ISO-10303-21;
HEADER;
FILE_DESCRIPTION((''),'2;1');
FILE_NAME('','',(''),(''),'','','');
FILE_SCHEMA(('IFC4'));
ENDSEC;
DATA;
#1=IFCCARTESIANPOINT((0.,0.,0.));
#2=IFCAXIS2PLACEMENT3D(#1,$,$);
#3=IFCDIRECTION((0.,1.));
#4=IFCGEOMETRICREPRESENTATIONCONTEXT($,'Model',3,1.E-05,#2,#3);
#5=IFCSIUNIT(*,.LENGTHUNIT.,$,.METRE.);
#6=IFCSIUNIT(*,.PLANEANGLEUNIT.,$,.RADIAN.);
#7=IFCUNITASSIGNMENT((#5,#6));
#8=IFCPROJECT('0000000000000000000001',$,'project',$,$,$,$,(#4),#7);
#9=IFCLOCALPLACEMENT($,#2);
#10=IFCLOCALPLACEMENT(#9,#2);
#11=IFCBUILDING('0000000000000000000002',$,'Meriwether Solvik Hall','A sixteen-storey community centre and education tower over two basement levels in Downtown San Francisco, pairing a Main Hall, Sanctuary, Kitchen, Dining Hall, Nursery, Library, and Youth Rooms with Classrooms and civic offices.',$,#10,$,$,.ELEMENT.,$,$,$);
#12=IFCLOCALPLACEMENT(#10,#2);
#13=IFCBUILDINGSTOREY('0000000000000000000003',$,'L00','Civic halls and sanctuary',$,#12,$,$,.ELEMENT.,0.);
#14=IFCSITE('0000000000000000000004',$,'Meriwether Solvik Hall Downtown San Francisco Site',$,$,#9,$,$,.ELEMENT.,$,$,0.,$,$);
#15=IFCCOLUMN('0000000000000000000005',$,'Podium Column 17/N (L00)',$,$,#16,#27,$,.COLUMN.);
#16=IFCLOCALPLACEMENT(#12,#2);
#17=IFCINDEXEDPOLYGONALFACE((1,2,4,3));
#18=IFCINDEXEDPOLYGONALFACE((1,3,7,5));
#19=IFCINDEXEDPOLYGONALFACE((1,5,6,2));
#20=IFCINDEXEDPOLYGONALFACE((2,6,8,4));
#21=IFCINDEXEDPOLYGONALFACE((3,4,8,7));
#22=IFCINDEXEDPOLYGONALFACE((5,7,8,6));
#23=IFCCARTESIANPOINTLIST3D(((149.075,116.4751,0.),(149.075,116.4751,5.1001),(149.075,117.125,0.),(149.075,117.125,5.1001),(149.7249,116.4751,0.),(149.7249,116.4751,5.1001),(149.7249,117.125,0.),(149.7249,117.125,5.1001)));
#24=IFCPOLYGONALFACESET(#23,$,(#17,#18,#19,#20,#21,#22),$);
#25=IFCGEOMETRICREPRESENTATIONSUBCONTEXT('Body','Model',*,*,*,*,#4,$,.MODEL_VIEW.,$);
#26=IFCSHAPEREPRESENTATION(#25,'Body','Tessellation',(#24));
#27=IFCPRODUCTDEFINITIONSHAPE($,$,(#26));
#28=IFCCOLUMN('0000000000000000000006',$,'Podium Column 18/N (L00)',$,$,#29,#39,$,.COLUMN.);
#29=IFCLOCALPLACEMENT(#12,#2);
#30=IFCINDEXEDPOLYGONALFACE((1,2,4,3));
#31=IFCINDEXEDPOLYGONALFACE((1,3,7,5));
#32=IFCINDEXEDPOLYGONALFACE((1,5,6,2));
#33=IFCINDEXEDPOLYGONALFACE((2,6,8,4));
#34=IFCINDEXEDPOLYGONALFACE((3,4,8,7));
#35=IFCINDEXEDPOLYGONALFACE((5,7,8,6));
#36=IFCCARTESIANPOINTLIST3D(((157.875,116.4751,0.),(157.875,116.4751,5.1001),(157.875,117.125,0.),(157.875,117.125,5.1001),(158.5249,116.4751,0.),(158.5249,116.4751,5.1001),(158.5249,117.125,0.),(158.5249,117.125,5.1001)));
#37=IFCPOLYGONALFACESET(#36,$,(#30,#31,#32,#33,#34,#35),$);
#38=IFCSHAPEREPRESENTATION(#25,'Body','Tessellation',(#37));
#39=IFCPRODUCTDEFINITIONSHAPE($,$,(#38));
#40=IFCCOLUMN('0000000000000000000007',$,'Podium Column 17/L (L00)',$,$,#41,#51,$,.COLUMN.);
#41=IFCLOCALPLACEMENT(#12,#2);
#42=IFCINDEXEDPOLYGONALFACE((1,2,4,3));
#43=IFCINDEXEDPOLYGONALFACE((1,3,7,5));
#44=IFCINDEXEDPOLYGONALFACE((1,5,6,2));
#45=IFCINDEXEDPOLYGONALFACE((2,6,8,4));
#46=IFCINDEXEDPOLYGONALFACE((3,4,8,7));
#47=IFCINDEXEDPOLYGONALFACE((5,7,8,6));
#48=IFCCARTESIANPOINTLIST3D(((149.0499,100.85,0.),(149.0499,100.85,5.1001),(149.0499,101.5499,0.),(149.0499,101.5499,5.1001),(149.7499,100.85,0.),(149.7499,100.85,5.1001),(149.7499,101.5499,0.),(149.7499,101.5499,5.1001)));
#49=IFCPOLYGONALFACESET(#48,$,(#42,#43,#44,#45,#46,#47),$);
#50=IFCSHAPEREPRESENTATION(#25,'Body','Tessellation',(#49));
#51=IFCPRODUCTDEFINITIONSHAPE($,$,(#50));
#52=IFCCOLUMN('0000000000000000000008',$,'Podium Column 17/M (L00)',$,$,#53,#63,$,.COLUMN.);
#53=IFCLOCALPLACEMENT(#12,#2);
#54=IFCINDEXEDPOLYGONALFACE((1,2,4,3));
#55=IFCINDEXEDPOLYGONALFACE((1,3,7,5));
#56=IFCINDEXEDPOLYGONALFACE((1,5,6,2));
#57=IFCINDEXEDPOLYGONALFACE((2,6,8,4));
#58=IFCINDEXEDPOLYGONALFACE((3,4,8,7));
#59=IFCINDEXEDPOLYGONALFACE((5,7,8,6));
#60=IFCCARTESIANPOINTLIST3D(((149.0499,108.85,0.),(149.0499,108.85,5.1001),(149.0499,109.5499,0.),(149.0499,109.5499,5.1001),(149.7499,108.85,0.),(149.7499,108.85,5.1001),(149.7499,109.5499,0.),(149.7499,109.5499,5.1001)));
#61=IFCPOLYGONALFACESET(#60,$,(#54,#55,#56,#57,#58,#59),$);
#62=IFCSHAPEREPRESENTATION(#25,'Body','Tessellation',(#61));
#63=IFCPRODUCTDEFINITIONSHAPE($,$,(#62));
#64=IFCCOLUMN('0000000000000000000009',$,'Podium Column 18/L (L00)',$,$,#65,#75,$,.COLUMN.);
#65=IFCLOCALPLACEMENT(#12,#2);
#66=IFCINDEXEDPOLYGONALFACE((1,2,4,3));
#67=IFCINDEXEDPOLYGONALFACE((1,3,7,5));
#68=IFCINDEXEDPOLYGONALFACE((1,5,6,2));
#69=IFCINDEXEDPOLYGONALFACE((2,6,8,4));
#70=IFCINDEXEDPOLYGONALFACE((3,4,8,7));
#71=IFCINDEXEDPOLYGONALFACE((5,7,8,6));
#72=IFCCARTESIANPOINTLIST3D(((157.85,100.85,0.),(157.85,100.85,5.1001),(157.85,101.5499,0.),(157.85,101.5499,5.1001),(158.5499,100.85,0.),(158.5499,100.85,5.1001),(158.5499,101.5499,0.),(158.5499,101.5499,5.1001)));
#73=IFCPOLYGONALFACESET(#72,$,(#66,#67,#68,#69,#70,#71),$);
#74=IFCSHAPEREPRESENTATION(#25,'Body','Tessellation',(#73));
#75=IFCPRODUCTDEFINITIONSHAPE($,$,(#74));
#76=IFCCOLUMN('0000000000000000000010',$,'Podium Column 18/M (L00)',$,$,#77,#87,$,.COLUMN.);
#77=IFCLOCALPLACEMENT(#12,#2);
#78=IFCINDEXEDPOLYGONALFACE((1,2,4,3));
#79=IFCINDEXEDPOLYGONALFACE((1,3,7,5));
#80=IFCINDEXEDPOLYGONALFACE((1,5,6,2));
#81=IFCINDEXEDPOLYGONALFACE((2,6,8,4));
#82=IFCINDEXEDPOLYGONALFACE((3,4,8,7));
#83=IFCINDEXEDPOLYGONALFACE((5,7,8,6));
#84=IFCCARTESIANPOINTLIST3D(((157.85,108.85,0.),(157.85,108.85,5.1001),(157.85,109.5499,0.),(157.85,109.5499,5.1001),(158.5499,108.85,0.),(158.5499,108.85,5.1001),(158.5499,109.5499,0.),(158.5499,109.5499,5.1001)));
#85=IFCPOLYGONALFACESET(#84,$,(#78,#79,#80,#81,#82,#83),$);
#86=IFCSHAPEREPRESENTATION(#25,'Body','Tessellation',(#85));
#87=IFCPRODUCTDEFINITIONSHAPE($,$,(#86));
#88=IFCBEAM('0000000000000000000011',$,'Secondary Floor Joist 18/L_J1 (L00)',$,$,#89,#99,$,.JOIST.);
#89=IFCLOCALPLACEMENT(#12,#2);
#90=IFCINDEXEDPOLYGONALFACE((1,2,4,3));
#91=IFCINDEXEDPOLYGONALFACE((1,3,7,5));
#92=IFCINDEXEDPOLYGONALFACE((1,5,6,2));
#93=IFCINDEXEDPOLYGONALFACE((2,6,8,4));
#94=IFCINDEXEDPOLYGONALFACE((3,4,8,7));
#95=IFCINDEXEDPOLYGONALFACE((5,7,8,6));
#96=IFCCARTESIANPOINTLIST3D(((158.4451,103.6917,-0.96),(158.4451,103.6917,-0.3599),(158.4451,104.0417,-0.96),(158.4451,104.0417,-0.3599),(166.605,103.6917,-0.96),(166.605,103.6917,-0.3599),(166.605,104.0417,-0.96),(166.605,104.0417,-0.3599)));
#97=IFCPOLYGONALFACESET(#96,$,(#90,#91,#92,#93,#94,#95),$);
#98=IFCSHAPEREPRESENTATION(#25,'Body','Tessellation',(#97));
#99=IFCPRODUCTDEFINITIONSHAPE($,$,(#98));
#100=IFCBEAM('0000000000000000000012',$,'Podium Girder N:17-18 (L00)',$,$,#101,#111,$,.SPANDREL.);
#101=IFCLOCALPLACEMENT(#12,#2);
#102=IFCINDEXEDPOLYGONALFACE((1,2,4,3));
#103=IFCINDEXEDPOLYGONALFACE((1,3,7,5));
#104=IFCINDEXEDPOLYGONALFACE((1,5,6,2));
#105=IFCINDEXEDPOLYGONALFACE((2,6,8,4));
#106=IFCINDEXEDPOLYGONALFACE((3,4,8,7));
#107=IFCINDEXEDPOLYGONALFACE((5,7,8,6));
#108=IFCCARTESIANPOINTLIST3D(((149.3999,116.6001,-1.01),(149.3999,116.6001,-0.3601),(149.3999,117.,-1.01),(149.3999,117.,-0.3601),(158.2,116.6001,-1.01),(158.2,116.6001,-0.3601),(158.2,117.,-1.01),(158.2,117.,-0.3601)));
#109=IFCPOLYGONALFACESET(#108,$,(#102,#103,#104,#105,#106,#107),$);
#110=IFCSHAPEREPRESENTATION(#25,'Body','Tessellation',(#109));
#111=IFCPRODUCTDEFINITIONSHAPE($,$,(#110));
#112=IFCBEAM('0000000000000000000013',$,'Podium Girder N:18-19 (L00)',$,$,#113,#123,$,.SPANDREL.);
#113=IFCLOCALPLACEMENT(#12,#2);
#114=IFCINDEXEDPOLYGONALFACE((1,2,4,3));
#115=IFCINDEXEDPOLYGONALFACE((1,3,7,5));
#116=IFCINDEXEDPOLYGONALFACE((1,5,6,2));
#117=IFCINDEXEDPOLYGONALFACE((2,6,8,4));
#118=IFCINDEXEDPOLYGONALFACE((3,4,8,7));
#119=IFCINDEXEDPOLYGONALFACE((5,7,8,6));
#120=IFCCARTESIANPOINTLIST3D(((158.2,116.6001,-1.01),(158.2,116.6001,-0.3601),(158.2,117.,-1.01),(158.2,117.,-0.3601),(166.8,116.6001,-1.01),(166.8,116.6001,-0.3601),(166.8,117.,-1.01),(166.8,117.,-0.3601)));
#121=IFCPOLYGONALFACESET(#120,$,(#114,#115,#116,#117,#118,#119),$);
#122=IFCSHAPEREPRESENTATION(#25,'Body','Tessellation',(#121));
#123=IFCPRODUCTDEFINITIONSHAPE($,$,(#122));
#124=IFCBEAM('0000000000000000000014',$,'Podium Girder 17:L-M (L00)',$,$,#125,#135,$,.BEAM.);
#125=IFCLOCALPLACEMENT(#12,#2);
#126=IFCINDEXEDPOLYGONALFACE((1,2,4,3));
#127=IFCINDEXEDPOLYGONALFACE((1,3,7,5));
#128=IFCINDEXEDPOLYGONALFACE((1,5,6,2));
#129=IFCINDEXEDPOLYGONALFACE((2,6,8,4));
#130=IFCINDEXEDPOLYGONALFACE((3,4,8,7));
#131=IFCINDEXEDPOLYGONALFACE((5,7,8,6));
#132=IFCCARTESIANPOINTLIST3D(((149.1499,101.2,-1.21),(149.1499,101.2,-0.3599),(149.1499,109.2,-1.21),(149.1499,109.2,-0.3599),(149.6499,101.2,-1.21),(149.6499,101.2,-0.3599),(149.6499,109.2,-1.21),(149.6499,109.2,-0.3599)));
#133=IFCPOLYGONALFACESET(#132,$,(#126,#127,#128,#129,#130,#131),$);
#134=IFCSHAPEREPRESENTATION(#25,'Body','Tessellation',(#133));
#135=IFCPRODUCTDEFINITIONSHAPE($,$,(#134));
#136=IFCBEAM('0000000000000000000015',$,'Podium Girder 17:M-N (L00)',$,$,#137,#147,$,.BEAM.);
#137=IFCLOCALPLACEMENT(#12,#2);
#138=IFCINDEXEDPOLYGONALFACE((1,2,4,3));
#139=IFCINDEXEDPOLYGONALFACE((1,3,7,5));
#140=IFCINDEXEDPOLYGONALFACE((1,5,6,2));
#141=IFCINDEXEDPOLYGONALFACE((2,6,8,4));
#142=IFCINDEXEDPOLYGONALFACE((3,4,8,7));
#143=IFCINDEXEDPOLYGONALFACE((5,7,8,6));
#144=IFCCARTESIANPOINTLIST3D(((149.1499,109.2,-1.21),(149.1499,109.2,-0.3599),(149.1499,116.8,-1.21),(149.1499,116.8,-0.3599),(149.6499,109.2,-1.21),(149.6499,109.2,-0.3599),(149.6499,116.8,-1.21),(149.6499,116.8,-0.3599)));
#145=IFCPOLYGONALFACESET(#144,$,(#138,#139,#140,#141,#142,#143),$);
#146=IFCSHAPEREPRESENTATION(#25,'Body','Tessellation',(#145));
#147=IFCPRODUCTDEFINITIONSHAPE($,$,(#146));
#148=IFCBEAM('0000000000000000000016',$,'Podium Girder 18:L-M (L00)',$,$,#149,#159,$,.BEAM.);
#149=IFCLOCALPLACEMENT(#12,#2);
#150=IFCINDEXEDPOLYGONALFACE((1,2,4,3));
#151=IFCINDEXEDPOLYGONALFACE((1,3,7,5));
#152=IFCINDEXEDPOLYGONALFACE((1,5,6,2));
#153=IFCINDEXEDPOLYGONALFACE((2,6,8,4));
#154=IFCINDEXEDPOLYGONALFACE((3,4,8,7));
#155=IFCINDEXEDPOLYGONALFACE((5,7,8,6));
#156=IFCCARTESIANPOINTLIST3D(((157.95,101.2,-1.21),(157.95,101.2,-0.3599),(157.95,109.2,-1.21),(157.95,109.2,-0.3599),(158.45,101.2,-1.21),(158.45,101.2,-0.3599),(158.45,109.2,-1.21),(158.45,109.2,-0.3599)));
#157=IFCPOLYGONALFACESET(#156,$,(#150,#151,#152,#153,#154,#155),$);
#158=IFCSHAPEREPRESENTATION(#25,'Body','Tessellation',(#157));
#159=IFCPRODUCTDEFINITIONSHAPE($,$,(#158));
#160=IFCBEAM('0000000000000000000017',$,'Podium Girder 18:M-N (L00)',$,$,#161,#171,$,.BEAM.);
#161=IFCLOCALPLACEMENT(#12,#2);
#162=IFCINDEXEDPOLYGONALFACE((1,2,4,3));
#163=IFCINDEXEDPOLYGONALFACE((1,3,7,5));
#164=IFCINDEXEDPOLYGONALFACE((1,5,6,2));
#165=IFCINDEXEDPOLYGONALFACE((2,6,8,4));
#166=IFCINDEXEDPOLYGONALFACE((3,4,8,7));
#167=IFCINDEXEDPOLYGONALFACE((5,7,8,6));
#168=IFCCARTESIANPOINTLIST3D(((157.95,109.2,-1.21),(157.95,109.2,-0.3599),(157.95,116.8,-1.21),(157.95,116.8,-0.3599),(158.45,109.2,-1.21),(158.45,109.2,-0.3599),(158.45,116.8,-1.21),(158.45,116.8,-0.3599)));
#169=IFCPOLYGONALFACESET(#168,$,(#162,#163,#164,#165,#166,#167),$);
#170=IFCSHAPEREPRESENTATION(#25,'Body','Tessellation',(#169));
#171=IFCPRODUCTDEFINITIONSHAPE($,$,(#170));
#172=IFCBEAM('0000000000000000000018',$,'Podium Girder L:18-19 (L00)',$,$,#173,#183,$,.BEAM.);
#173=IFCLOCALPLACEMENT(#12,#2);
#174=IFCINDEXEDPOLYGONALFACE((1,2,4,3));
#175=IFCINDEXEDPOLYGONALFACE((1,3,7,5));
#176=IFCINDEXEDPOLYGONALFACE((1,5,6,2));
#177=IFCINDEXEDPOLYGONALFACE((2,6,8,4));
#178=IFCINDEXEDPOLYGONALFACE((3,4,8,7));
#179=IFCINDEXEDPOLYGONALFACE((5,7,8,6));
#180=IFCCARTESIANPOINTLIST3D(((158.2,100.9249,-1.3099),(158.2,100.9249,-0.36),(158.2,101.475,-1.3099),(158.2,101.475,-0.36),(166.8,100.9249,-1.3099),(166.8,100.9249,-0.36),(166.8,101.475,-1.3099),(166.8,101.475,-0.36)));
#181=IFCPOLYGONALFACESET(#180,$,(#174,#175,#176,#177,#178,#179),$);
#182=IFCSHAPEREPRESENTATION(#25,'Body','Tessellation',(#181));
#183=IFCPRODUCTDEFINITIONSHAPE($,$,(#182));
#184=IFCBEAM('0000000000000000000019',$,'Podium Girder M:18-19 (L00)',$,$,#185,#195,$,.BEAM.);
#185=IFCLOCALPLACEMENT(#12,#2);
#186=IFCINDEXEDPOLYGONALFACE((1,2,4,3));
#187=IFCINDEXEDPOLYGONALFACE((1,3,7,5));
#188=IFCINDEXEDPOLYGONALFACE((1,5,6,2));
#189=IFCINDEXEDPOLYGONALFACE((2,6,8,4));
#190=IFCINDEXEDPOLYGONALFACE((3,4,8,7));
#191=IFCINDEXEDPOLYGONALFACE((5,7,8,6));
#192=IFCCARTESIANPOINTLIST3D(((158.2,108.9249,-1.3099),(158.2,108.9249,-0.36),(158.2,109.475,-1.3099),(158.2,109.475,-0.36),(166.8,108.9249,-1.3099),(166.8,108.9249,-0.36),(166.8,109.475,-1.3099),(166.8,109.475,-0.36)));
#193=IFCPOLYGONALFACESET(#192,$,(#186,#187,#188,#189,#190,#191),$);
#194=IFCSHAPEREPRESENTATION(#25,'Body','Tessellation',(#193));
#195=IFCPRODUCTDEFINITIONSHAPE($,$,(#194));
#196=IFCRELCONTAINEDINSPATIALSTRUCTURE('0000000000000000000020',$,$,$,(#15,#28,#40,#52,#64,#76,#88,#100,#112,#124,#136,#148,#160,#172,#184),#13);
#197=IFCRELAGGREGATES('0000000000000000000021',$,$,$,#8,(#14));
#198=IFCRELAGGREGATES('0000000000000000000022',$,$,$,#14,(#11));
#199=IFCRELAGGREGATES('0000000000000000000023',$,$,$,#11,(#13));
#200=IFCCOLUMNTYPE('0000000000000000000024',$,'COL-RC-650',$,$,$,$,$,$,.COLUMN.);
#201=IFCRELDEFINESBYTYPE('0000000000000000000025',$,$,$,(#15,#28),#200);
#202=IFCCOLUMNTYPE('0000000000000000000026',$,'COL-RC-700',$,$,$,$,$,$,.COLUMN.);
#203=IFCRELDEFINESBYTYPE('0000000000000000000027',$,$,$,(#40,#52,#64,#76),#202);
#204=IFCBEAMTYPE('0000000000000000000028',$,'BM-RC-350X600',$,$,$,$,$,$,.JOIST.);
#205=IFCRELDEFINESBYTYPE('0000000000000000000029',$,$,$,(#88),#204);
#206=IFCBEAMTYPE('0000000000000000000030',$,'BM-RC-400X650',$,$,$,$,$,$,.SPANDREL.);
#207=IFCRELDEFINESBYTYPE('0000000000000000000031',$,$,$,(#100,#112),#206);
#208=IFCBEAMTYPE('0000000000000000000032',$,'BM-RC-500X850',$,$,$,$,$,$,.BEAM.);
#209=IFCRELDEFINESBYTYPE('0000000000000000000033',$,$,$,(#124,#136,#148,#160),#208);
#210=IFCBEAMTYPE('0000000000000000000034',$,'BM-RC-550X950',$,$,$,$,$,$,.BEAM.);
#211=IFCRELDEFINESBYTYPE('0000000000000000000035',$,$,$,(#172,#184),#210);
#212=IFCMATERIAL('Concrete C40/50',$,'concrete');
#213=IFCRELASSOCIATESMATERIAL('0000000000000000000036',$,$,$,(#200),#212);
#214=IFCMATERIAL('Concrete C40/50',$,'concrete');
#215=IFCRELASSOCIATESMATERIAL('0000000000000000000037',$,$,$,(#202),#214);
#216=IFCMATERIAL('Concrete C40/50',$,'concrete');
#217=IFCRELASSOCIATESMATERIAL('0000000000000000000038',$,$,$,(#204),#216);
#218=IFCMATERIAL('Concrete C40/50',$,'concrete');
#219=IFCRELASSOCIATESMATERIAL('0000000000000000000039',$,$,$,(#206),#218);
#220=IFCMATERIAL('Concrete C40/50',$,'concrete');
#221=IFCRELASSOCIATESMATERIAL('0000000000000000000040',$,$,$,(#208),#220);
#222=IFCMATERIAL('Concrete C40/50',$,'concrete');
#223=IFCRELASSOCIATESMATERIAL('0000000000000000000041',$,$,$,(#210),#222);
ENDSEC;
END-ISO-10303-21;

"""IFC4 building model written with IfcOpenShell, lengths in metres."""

from ifc_helpers import new_model, si_unit, direction, frame, origin, origin_2d, place, context, subcontext, project, spatial, rectangle, extrude, material, material_profile, profile_set, type_object, element, save


model = new_model("IFC4")

# Units and contexts
model_context = context("Model", 3, precision=1e-05, world=origin(), true_north=direction((0.0, 1.0)))
body_context = subcontext(model_context, "Body", "Model", "MODEL_VIEW")
ifc_project = project(units=[si_unit("LENGTHUNIT", "METRE"), si_unit("PLANEANGLEUNIT", "RADIAN")], contexts=[model_context])

# Site, building, storey
site_placement = place(None, origin())
site = spatial("IfcSite", under=ifc_project, at=site_placement, Name="Meriwether Solvik Hall Downtown San Francisco Site", CompositionType="ELEMENT", RefElevation=0.0)
building_placement = place(site_placement, origin())
building = spatial("IfcBuilding", under=site, at=building_placement, Name="Meriwether Solvik Hall", Description="A sixteen-storey community centre and education tower over two basement levels in Downtown San Francisco, pairing a Main Hall, Sanctuary, Kitchen, Dining Hall, Nursery, Library, and Youth Rooms with Classrooms and civic offices.", CompositionType="ELEMENT")
storey_placement = place(building_placement, origin())
storey = spatial("IfcBuildingStorey", under=building, at=storey_placement, Name="L00", Description="Civic halls and sanctuary", CompositionType="ELEMENT", Elevation=0.0)

# Columns
ifc_material_1 = material(Name="Concrete C40/50", Category="concrete")
ifc_material_profile_1 = material_profile(ifc_material_1, rectangle(XDim=0.6499, YDim=0.6499, at=origin_2d()), Name="RCC-650X650")
ifc_profile_set_1 = profile_set([ifc_material_profile_1], Name="Concrete C40/50")
column_type_1 = type_object("IfcColumnType", Name="COL-RC-650", PredefinedType="COLUMN", material=ifc_profile_set_1)
for number, where, z_axis, x_axis, name in (
    (1, (149.3999, 116.8, 0.0), (0.0, 0.0, 1.0), (1.0, 0.0, 0.0), "Podium Column 17/N (L00)"),
    (2, (158.2, 116.8, 0.0), (0.0, 0.0, 1.0), (1.0, 0.0, 0.0), "Podium Column 18/N (L00)"),
):
    element("IfcColumn", number, at=place(storey_placement, frame(where, z_axis=z_axis, x_axis=x_axis)), inside=storey, type_object=column_type_1, Name=name, PredefinedType="COLUMN", context=body_context, shape_type="SweptSolid", body=[
        extrude(rectangle(XDim=0.6499, YDim=0.6499, at=origin_2d()), origin(), (0.0, 0.0, 1.0), 5.1001),
    ])
ifc_material_2 = material(Name="Concrete C40/50", Category="concrete")
ifc_material_profile_2 = material_profile(ifc_material_2, rectangle(XDim=0.7, YDim=0.7, at=origin_2d()), Name="RCC-700X700")
ifc_profile_set_2 = profile_set([ifc_material_profile_2], Name="Concrete C40/50")
column_type_2 = type_object("IfcColumnType", Name="COL-RC-700", PredefinedType="COLUMN", material=ifc_profile_set_2)
for number, where, z_axis, x_axis, name in (
    (3, (149.3999, 101.2, 0.0), (0.0, 0.0, 1.0), (1.0, 0.0, 0.0), "Podium Column 17/L (L00)"),
    (4, (149.3999, 109.2, 0.0), (0.0, 0.0, 1.0), (1.0, 0.0, 0.0), "Podium Column 17/M (L00)"),
    (5, (158.2, 101.2, 0.0), (0.0, 0.0, 1.0), (1.0, 0.0, 0.0), "Podium Column 18/L (L00)"),
    (6, (158.2, 109.2, 0.0), (0.0, 0.0, 1.0), (1.0, 0.0, 0.0), "Podium Column 18/M (L00)"),
):
    element("IfcColumn", number, at=place(storey_placement, frame(where, z_axis=z_axis, x_axis=x_axis)), inside=storey, type_object=column_type_2, Name=name, PredefinedType="COLUMN", context=body_context, shape_type="SweptSolid", body=[
        extrude(rectangle(XDim=0.7, YDim=0.7, at=origin_2d()), origin(), (0.0, 0.0, 1.0), 5.1001),
    ])

# Beams
ifc_material_3 = material(Name="Concrete C40/50", Category="concrete")
ifc_material_profile_3 = material_profile(ifc_material_3, rectangle(XDim=0.3501, YDim=0.6001, at=origin_2d()), Name="RCB-350X600")
ifc_profile_set_3 = profile_set([ifc_material_profile_3], Name="Concrete C40/50")
beam_type_1 = type_object("IfcBeamType", Name="BM-RC-350X600", PredefinedType="JOIST", material=ifc_profile_set_3)
beam_1_placement = place(storey_placement, frame((158.4451, 103.8667, -0.6599), z_axis=(1.0, 0.0, 0.0), x_axis=(0.0, 1.0, 0.0)))
element("IfcBeam", 7, at=beam_1_placement, inside=storey, type_object=beam_type_1, Name="Secondary Floor Joist 18/L_J1 (L00)", PredefinedType="JOIST", context=body_context, shape_type="SweptSolid", body=[
    extrude(rectangle(XDim=0.3501, YDim=0.6001, at=origin_2d()), origin(), (0.0, 0.0, 1.0), 8.1599),
])
ifc_material_4 = material(Name="Concrete C40/50", Category="concrete")
ifc_material_profile_4 = material_profile(ifc_material_4, rectangle(XDim=0.3999, YDim=0.6499, at=origin_2d()), Name="RCB-400X650")
ifc_profile_set_4 = profile_set([ifc_material_profile_4], Name="Concrete C40/50")
beam_type_2 = type_object("IfcBeamType", Name="BM-RC-400X650", PredefinedType="SPANDREL", material=ifc_profile_set_4)
beam_2_placement = place(storey_placement, frame((149.3999, 116.8, -0.6851), z_axis=(1.0, 0.0, 0.0), x_axis=(0.0, 1.0, 0.0)))
element("IfcBeam", 8, at=beam_2_placement, inside=storey, type_object=beam_type_2, Name="Podium Girder N:17-18 (L00)", PredefinedType="SPANDREL", context=body_context, shape_type="SweptSolid", body=[
    extrude(rectangle(XDim=0.3999, YDim=0.6499, at=origin_2d()), origin(), (0.0, 0.0, 1.0), 8.8),
])
beam_3_placement = place(storey_placement, frame((158.2, 116.8, -0.6851), z_axis=(1.0, 0.0, 0.0), x_axis=(0.0, 1.0, 0.0)))
element("IfcBeam", 9, at=beam_3_placement, inside=storey, type_object=beam_type_2, Name="Podium Girder N:18-19 (L00)", PredefinedType="SPANDREL", context=body_context, shape_type="SweptSolid", body=[
    extrude(rectangle(XDim=0.3999, YDim=0.6499, at=origin_2d()), origin(), (0.0, 0.0, 1.0), 8.6001),
])
ifc_material_5 = material(Name="Concrete C40/50", Category="concrete")
ifc_material_profile_5 = material_profile(ifc_material_5, rectangle(XDim=0.5, YDim=0.8501, at=origin_2d()), Name="RCB-500X850")
ifc_profile_set_5 = profile_set([ifc_material_profile_5], Name="Concrete C40/50")
beam_type_3 = type_object("IfcBeamType", Name="BM-RC-500X850", PredefinedType="BEAM", material=ifc_profile_set_5)
beam_4_placement = place(storey_placement, frame((149.3999, 101.2, -0.7849), z_axis=(0.0, 1.0, 0.0), x_axis=(-1.0, 0.0, 0.0)))
element("IfcBeam", 10, at=beam_4_placement, inside=storey, type_object=beam_type_3, Name="Podium Girder 17:L-M (L00)", PredefinedType="BEAM", context=body_context, shape_type="SweptSolid", body=[
    extrude(rectangle(XDim=0.5, YDim=0.8501, at=origin_2d()), origin(), (0.0, 0.0, 1.0), 8.0),
])
beam_5_placement = place(storey_placement, frame((149.3999, 109.2, -0.7849), z_axis=(0.0, 1.0, 0.0), x_axis=(-1.0, 0.0, 0.0)))
element("IfcBeam", 11, at=beam_5_placement, inside=storey, type_object=beam_type_3, Name="Podium Girder 17:M-N (L00)", PredefinedType="BEAM", context=body_context, shape_type="SweptSolid", body=[
    extrude(rectangle(XDim=0.5, YDim=0.8501, at=origin_2d()), origin(), (0.0, 0.0, 1.0), 7.6001),
])
beam_6_placement = place(storey_placement, frame((158.2, 101.2, -0.7849), z_axis=(0.0, 1.0, 0.0), x_axis=(-1.0, 0.0, 0.0)))
element("IfcBeam", 12, at=beam_6_placement, inside=storey, type_object=beam_type_3, Name="Podium Girder 18:L-M (L00)", PredefinedType="BEAM", context=body_context, shape_type="SweptSolid", body=[
    extrude(rectangle(XDim=0.5, YDim=0.8501, at=origin_2d()), origin(), (0.0, 0.0, 1.0), 8.0),
])
beam_7_placement = place(storey_placement, frame((158.2, 109.2, -0.7849), z_axis=(0.0, 1.0, 0.0), x_axis=(-1.0, 0.0, 0.0)))
element("IfcBeam", 13, at=beam_7_placement, inside=storey, type_object=beam_type_3, Name="Podium Girder 18:M-N (L00)", PredefinedType="BEAM", context=body_context, shape_type="SweptSolid", body=[
    extrude(rectangle(XDim=0.5, YDim=0.8501, at=origin_2d()), origin(), (0.0, 0.0, 1.0), 7.6001),
])
ifc_material_6 = material(Name="Concrete C40/50", Category="concrete")
ifc_material_profile_6 = material_profile(ifc_material_6, rectangle(XDim=0.55, YDim=0.95, at=origin_2d()), Name="RCB-550X950")
ifc_profile_set_6 = profile_set([ifc_material_profile_6], Name="Concrete C40/50")
beam_type_4 = type_object("IfcBeamType", Name="BM-RC-550X950", PredefinedType="BEAM", material=ifc_profile_set_6)
for number, where, z_axis, x_axis, name in (
    (14, (158.2, 101.2, -0.835), (1.0, 0.0, 0.0), (0.0, 1.0, 0.0), "Podium Girder L:18-19 (L00)"),
    (15, (158.2, 109.2, -0.835), (1.0, 0.0, 0.0), (0.0, 1.0, 0.0), "Podium Girder M:18-19 (L00)"),
):
    element("IfcBeam", number, at=place(storey_placement, frame(where, z_axis=z_axis, x_axis=x_axis)), inside=storey, type_object=beam_type_4, Name=name, PredefinedType="BEAM", context=body_context, shape_type="SweptSolid", body=[
        extrude(rectangle(XDim=0.55, YDim=0.95, at=origin_2d()), origin(), (0.0, 0.0, 1.0), 8.6001),
    ])

save(model, "model.ifc")
